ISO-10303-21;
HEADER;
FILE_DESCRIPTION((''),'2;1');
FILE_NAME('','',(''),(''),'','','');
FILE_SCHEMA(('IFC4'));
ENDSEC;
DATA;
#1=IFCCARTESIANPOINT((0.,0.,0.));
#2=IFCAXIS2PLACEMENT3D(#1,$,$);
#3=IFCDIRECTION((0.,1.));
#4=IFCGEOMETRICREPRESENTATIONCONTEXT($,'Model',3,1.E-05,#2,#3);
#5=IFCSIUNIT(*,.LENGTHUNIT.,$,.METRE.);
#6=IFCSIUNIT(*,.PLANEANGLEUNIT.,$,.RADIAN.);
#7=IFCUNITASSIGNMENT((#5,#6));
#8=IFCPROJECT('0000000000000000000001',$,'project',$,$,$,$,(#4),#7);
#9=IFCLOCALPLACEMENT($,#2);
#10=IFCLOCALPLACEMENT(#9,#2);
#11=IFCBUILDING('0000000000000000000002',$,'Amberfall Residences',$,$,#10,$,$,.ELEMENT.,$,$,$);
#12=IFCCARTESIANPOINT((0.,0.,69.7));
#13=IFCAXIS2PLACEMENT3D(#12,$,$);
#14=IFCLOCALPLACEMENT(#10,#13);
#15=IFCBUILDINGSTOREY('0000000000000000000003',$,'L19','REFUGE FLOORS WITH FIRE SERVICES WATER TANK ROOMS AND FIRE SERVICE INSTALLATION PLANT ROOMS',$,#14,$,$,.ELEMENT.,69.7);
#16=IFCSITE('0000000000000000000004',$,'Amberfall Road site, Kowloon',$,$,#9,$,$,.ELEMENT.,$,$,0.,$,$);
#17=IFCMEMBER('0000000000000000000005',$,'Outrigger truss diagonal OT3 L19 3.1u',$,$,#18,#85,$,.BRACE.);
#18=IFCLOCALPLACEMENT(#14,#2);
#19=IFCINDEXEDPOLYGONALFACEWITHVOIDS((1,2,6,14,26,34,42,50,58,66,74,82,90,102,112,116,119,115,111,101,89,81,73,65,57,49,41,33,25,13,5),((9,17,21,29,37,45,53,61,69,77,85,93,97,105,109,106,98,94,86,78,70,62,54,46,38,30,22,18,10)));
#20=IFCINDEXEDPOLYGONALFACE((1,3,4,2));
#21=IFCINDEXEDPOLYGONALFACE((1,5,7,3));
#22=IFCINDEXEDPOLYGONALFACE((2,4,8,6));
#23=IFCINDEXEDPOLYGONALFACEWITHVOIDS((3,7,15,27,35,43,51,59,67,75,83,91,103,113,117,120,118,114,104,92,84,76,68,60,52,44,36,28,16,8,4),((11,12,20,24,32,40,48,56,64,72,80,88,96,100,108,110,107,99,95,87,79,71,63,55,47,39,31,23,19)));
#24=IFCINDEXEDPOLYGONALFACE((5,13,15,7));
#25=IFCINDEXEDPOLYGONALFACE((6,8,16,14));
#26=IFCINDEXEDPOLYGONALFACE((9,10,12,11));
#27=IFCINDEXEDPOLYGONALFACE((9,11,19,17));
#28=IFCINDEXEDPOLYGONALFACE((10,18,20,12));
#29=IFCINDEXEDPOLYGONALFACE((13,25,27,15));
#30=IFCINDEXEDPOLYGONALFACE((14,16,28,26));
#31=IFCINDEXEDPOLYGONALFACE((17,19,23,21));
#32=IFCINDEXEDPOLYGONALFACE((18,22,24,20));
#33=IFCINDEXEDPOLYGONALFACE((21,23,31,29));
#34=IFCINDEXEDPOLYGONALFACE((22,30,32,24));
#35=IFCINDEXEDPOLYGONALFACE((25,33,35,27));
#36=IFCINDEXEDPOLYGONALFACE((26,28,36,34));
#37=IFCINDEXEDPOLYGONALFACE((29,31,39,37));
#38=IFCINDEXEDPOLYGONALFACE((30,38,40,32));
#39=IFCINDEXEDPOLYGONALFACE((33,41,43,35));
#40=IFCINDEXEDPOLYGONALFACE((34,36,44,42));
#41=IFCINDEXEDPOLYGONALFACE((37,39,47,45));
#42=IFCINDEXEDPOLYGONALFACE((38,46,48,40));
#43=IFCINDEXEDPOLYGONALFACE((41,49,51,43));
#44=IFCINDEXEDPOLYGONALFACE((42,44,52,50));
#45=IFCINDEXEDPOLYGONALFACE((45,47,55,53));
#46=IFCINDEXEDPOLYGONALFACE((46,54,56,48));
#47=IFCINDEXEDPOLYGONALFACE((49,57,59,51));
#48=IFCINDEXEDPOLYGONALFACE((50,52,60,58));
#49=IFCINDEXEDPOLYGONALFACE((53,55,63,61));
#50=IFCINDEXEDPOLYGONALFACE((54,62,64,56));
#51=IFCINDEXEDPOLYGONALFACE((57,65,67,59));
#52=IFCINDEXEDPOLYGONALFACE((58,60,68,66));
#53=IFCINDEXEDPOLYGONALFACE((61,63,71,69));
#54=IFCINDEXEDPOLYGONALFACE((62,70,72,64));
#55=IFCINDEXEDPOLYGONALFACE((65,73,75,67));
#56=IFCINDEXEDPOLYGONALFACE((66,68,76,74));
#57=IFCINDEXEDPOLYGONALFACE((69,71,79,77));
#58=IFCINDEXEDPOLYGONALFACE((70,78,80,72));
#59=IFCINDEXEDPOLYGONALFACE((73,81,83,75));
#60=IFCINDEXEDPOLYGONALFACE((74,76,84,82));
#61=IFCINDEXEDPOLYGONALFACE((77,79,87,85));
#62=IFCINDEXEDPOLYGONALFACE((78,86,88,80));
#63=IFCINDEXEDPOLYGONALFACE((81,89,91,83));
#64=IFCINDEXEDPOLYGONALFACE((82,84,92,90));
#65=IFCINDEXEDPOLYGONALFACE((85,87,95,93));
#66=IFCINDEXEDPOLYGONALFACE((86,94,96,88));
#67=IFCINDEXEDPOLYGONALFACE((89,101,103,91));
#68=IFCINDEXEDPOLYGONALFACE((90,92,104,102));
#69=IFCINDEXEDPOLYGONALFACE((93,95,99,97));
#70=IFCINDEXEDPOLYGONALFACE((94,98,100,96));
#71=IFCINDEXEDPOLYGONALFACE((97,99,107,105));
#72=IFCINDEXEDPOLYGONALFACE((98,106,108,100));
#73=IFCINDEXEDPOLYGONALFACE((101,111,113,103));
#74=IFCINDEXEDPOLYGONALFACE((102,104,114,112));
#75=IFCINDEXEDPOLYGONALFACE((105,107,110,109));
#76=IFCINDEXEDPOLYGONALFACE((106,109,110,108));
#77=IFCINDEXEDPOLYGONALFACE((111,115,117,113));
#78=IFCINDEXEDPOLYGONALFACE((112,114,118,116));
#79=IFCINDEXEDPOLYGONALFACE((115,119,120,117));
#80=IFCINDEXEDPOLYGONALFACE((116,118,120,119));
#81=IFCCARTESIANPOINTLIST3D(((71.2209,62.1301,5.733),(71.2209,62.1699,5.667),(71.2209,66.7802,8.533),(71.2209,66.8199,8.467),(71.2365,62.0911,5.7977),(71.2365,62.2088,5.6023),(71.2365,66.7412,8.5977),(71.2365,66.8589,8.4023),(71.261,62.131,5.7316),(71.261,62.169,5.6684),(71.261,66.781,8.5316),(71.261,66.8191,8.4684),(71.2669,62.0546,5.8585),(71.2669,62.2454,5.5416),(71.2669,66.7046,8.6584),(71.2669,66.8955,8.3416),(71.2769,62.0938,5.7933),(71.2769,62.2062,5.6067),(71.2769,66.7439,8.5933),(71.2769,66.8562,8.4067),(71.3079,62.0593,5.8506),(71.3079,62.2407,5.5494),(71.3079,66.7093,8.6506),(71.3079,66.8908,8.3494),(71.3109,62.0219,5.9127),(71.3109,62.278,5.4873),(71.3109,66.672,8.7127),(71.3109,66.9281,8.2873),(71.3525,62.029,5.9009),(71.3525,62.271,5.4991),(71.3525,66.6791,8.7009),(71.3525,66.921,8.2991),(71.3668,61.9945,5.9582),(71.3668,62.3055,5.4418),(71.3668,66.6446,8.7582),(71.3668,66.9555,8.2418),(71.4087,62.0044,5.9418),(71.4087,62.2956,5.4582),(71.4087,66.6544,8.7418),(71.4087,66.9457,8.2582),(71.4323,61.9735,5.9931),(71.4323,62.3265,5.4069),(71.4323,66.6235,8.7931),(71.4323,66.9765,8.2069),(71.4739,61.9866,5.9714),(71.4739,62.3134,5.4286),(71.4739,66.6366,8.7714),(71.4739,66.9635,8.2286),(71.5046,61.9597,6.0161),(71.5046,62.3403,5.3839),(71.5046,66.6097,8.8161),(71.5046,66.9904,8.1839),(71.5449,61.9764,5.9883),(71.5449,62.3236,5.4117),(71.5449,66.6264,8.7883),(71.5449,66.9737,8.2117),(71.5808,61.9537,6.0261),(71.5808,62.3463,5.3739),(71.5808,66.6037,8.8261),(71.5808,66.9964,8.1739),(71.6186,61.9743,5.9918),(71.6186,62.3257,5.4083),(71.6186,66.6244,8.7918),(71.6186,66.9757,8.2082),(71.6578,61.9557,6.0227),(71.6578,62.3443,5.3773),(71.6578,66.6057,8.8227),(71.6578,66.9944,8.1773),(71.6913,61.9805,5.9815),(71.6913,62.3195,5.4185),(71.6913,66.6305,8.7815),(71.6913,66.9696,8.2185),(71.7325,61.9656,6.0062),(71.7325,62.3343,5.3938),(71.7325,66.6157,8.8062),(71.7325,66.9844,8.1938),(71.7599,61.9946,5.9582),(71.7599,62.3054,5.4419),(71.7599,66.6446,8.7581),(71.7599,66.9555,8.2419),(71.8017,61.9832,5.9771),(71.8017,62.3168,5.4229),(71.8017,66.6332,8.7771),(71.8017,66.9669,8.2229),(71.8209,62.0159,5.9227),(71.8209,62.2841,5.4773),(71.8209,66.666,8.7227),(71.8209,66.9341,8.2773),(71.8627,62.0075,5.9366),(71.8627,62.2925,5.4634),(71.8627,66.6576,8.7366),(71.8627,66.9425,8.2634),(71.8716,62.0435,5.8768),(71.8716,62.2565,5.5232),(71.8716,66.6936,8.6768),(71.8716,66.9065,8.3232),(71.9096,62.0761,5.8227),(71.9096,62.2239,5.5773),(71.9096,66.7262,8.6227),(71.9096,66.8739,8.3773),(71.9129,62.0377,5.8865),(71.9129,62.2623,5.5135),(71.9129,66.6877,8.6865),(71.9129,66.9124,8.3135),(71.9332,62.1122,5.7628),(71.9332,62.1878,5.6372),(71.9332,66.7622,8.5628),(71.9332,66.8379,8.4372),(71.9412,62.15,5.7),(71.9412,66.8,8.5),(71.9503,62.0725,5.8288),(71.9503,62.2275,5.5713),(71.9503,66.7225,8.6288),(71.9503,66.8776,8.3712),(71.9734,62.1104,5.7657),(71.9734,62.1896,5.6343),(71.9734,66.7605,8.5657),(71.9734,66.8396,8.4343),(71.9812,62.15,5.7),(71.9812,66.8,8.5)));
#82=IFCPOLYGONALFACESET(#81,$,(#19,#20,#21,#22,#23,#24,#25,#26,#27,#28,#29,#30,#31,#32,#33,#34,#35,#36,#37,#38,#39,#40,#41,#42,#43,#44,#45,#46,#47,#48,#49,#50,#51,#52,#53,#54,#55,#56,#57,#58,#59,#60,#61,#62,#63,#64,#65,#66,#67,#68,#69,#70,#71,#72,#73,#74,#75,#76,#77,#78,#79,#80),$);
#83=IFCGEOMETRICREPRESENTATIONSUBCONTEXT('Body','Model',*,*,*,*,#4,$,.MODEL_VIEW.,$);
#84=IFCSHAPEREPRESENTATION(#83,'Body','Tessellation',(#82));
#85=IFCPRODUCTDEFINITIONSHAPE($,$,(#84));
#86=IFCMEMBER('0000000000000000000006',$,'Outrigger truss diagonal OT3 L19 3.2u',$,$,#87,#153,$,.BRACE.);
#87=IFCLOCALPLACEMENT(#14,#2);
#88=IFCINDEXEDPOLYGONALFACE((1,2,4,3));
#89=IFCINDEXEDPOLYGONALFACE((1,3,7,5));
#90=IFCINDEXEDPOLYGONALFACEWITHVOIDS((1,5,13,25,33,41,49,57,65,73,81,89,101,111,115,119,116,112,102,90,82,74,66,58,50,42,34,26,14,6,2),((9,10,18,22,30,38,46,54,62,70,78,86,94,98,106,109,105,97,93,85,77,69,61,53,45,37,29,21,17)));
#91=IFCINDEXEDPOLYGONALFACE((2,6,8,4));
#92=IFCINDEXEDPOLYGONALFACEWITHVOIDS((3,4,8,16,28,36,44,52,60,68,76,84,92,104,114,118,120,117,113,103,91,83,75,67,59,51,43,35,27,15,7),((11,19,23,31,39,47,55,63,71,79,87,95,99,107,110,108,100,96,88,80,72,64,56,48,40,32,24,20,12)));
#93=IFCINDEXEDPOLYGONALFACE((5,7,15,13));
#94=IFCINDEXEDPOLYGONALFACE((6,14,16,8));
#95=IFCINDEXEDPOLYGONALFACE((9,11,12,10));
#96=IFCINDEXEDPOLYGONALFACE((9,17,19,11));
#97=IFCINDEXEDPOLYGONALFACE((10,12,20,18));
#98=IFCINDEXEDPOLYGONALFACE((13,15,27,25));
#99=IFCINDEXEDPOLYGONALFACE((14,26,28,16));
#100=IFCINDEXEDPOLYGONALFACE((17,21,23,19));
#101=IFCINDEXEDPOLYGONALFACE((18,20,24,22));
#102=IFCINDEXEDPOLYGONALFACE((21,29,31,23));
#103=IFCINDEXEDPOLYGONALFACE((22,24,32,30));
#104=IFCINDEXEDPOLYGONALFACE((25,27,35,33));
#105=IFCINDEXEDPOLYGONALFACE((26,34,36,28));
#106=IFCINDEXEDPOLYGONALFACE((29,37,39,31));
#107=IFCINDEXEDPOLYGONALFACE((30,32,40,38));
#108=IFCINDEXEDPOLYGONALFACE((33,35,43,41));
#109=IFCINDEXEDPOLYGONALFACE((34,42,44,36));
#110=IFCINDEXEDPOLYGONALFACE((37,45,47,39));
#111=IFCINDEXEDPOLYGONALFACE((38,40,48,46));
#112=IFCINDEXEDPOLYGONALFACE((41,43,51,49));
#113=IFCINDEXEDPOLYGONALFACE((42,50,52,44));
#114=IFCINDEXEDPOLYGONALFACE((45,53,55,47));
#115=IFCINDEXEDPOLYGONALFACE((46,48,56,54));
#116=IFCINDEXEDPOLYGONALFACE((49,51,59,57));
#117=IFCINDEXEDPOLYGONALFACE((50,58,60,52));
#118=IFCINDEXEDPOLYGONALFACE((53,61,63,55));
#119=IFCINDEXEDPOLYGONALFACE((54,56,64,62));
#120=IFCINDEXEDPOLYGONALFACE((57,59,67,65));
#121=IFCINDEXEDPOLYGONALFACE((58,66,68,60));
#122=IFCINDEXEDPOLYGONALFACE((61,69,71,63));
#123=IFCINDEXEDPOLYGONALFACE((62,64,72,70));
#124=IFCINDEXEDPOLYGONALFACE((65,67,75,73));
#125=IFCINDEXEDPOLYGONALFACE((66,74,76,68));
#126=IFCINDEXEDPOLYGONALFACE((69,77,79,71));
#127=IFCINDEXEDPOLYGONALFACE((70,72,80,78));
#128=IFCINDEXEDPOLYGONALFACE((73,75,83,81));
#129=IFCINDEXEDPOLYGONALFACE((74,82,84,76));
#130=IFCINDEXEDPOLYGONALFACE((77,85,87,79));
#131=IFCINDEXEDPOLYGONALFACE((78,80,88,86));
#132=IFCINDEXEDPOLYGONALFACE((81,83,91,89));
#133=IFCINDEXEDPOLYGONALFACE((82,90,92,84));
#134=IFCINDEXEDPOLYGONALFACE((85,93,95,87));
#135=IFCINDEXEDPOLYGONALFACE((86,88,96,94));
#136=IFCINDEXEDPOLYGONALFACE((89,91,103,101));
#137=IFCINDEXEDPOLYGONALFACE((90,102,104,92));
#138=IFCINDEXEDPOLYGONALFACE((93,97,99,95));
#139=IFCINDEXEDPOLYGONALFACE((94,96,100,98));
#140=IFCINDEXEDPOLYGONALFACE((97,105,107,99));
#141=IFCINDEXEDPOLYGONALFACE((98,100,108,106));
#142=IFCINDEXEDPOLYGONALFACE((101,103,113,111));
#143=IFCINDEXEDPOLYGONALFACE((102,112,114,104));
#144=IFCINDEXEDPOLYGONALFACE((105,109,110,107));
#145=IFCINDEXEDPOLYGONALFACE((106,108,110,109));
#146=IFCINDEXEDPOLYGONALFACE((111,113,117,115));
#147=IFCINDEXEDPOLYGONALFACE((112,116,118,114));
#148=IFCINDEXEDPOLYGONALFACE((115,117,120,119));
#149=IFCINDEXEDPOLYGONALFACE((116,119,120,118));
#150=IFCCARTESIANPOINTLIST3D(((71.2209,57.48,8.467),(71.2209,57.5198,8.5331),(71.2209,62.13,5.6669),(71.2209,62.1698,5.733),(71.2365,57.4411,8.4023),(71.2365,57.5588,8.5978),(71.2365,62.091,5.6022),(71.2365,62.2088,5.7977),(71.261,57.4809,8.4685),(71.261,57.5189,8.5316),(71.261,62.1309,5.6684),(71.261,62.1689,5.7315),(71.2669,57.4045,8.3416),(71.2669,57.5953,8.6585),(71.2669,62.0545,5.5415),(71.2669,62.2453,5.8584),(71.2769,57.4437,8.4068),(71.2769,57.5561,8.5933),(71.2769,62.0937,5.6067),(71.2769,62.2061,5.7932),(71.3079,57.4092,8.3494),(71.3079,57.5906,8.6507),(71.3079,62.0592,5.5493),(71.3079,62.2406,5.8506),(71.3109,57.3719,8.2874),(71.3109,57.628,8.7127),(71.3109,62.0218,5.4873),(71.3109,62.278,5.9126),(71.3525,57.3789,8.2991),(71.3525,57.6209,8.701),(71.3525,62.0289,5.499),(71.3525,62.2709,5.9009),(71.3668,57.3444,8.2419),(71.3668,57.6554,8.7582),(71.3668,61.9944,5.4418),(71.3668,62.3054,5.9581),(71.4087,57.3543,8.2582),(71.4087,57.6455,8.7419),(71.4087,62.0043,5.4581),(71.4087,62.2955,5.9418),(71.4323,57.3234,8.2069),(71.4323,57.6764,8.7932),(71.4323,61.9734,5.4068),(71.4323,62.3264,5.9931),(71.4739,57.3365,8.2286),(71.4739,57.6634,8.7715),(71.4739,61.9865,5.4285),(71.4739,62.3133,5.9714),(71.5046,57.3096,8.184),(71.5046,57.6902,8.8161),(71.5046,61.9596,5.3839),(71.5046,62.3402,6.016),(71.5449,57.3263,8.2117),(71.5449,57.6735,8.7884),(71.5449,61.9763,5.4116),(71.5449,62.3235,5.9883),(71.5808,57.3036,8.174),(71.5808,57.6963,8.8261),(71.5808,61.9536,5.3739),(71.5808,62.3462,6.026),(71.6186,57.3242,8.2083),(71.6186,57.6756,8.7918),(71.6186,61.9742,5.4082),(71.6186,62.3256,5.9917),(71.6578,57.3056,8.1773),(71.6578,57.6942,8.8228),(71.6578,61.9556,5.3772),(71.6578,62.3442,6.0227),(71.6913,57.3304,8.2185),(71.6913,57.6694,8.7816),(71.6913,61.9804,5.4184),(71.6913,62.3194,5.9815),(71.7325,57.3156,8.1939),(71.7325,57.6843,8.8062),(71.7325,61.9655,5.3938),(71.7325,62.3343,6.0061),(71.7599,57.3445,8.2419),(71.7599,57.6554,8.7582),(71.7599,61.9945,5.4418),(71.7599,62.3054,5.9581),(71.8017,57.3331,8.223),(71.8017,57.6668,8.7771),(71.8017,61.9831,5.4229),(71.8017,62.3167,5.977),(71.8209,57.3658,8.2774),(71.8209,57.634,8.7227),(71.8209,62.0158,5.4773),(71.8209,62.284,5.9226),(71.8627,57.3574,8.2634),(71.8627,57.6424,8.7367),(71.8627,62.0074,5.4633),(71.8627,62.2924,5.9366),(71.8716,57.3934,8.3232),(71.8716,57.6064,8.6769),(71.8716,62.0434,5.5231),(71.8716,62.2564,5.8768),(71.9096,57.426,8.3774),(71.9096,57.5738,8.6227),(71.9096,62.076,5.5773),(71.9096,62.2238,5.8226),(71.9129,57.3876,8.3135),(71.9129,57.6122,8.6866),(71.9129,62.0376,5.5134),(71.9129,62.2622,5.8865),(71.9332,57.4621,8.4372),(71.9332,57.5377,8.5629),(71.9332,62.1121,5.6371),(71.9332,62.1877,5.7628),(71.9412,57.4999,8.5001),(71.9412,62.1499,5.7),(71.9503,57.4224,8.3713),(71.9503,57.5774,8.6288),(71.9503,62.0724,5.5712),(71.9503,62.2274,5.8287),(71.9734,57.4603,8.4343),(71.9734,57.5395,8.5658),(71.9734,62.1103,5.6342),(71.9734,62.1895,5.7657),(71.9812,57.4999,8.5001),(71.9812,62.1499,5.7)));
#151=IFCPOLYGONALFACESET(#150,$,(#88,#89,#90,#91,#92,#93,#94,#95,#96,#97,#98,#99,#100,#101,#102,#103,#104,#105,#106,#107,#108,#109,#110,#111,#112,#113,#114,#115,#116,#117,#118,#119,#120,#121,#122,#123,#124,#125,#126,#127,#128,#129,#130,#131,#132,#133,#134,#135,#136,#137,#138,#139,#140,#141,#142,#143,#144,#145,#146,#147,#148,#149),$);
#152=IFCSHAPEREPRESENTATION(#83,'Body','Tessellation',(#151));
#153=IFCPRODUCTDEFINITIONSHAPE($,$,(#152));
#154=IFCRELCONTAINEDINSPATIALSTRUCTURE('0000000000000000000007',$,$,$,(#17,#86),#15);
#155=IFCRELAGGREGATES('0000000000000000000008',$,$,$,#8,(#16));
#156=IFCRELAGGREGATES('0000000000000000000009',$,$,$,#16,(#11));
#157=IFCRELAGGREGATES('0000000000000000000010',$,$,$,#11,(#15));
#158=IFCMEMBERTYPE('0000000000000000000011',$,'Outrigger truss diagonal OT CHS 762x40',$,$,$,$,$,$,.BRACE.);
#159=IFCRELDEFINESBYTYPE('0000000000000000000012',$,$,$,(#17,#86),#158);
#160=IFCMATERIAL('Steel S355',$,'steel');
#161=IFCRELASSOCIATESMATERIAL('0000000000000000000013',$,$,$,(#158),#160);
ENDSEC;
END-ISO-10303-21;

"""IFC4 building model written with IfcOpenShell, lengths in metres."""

from ifc_helpers import new_model, si_unit, direction, frame, origin, origin_2d, place, context, subcontext, project, spatial, hollow_circle, extrude, material, material_profile, profile_set, type_object, element, save


model = new_model("IFC4")

# Units and contexts
model_context = context("Model", 3, precision=1e-05, world=origin(), true_north=direction((0.0, 1.0)))
body_context = subcontext(model_context, "Body", "Model", "MODEL_VIEW")
ifc_project = project(units=[si_unit("LENGTHUNIT", "METRE"), si_unit("PLANEANGLEUNIT", "RADIAN")], contexts=[model_context])

# Site, building, storey
site_placement = place(None, origin())
site = spatial("IfcSite", under=ifc_project, at=site_placement, Name="Amberfall Road site, Kowloon", CompositionType="ELEMENT", RefElevation=0.0)
building_placement = place(site_placement, origin())
building = spatial("IfcBuilding", under=site, at=building_placement, Name="Amberfall Residences", CompositionType="ELEMENT")
storey_placement = place(building_placement, frame((0.0, 0.0, 69.7)))
storey = spatial("IfcBuildingStorey", under=building, at=storey_placement, Name="L19", Description="REFUGE FLOORS WITH FIRE SERVICES WATER TANK ROOMS AND FIRE SERVICE INSTALLATION PLANT ROOMS", CompositionType="ELEMENT", Elevation=69.7)

# Shared definitions
ifc_material_1 = material(Name="Steel S355", Category="steel")

# Members
ifc_material_profile_1 = material_profile(ifc_material_1, hollow_circle(Radius=0.3811, WallThickness=0.04, at=origin_2d()), Name="CHS 762x40")
ifc_profile_set_1 = profile_set([ifc_material_profile_1], Name="Steel S355")
member_type = type_object("IfcMemberType", Name="Outrigger truss diagonal OT CHS 762x40", PredefinedType="BRACE", material=ifc_profile_set_1)
for number, where, z_axis, x_axis, name in (
    (1, (71.6001, 66.8, 8.5), (0.0, -0.856682, -0.515844), (1.0, 0.0, 0.0), "Outrigger truss diagonal OT3 L19 3.1u"),
    (2, (71.6001, 62.1499, 5.7), (0.0, -0.85667, 0.515864), (1.0, 0.0, 0.0), "Outrigger truss diagonal OT3 L19 3.2u"),
):
    element("IfcMember", number, at=place(storey_placement, frame(where, z_axis=z_axis, x_axis=x_axis)), inside=storey, type_object=member_type, Name=name, PredefinedType="BRACE", context=body_context, shape_type="SweptSolid", body=[
        extrude(hollow_circle(Radius=0.3811, WallThickness=0.04, at=origin_2d()), origin(), (0.0, 0.0, 1.0), 5.428),
    ])

save(model, "model.ifc")
